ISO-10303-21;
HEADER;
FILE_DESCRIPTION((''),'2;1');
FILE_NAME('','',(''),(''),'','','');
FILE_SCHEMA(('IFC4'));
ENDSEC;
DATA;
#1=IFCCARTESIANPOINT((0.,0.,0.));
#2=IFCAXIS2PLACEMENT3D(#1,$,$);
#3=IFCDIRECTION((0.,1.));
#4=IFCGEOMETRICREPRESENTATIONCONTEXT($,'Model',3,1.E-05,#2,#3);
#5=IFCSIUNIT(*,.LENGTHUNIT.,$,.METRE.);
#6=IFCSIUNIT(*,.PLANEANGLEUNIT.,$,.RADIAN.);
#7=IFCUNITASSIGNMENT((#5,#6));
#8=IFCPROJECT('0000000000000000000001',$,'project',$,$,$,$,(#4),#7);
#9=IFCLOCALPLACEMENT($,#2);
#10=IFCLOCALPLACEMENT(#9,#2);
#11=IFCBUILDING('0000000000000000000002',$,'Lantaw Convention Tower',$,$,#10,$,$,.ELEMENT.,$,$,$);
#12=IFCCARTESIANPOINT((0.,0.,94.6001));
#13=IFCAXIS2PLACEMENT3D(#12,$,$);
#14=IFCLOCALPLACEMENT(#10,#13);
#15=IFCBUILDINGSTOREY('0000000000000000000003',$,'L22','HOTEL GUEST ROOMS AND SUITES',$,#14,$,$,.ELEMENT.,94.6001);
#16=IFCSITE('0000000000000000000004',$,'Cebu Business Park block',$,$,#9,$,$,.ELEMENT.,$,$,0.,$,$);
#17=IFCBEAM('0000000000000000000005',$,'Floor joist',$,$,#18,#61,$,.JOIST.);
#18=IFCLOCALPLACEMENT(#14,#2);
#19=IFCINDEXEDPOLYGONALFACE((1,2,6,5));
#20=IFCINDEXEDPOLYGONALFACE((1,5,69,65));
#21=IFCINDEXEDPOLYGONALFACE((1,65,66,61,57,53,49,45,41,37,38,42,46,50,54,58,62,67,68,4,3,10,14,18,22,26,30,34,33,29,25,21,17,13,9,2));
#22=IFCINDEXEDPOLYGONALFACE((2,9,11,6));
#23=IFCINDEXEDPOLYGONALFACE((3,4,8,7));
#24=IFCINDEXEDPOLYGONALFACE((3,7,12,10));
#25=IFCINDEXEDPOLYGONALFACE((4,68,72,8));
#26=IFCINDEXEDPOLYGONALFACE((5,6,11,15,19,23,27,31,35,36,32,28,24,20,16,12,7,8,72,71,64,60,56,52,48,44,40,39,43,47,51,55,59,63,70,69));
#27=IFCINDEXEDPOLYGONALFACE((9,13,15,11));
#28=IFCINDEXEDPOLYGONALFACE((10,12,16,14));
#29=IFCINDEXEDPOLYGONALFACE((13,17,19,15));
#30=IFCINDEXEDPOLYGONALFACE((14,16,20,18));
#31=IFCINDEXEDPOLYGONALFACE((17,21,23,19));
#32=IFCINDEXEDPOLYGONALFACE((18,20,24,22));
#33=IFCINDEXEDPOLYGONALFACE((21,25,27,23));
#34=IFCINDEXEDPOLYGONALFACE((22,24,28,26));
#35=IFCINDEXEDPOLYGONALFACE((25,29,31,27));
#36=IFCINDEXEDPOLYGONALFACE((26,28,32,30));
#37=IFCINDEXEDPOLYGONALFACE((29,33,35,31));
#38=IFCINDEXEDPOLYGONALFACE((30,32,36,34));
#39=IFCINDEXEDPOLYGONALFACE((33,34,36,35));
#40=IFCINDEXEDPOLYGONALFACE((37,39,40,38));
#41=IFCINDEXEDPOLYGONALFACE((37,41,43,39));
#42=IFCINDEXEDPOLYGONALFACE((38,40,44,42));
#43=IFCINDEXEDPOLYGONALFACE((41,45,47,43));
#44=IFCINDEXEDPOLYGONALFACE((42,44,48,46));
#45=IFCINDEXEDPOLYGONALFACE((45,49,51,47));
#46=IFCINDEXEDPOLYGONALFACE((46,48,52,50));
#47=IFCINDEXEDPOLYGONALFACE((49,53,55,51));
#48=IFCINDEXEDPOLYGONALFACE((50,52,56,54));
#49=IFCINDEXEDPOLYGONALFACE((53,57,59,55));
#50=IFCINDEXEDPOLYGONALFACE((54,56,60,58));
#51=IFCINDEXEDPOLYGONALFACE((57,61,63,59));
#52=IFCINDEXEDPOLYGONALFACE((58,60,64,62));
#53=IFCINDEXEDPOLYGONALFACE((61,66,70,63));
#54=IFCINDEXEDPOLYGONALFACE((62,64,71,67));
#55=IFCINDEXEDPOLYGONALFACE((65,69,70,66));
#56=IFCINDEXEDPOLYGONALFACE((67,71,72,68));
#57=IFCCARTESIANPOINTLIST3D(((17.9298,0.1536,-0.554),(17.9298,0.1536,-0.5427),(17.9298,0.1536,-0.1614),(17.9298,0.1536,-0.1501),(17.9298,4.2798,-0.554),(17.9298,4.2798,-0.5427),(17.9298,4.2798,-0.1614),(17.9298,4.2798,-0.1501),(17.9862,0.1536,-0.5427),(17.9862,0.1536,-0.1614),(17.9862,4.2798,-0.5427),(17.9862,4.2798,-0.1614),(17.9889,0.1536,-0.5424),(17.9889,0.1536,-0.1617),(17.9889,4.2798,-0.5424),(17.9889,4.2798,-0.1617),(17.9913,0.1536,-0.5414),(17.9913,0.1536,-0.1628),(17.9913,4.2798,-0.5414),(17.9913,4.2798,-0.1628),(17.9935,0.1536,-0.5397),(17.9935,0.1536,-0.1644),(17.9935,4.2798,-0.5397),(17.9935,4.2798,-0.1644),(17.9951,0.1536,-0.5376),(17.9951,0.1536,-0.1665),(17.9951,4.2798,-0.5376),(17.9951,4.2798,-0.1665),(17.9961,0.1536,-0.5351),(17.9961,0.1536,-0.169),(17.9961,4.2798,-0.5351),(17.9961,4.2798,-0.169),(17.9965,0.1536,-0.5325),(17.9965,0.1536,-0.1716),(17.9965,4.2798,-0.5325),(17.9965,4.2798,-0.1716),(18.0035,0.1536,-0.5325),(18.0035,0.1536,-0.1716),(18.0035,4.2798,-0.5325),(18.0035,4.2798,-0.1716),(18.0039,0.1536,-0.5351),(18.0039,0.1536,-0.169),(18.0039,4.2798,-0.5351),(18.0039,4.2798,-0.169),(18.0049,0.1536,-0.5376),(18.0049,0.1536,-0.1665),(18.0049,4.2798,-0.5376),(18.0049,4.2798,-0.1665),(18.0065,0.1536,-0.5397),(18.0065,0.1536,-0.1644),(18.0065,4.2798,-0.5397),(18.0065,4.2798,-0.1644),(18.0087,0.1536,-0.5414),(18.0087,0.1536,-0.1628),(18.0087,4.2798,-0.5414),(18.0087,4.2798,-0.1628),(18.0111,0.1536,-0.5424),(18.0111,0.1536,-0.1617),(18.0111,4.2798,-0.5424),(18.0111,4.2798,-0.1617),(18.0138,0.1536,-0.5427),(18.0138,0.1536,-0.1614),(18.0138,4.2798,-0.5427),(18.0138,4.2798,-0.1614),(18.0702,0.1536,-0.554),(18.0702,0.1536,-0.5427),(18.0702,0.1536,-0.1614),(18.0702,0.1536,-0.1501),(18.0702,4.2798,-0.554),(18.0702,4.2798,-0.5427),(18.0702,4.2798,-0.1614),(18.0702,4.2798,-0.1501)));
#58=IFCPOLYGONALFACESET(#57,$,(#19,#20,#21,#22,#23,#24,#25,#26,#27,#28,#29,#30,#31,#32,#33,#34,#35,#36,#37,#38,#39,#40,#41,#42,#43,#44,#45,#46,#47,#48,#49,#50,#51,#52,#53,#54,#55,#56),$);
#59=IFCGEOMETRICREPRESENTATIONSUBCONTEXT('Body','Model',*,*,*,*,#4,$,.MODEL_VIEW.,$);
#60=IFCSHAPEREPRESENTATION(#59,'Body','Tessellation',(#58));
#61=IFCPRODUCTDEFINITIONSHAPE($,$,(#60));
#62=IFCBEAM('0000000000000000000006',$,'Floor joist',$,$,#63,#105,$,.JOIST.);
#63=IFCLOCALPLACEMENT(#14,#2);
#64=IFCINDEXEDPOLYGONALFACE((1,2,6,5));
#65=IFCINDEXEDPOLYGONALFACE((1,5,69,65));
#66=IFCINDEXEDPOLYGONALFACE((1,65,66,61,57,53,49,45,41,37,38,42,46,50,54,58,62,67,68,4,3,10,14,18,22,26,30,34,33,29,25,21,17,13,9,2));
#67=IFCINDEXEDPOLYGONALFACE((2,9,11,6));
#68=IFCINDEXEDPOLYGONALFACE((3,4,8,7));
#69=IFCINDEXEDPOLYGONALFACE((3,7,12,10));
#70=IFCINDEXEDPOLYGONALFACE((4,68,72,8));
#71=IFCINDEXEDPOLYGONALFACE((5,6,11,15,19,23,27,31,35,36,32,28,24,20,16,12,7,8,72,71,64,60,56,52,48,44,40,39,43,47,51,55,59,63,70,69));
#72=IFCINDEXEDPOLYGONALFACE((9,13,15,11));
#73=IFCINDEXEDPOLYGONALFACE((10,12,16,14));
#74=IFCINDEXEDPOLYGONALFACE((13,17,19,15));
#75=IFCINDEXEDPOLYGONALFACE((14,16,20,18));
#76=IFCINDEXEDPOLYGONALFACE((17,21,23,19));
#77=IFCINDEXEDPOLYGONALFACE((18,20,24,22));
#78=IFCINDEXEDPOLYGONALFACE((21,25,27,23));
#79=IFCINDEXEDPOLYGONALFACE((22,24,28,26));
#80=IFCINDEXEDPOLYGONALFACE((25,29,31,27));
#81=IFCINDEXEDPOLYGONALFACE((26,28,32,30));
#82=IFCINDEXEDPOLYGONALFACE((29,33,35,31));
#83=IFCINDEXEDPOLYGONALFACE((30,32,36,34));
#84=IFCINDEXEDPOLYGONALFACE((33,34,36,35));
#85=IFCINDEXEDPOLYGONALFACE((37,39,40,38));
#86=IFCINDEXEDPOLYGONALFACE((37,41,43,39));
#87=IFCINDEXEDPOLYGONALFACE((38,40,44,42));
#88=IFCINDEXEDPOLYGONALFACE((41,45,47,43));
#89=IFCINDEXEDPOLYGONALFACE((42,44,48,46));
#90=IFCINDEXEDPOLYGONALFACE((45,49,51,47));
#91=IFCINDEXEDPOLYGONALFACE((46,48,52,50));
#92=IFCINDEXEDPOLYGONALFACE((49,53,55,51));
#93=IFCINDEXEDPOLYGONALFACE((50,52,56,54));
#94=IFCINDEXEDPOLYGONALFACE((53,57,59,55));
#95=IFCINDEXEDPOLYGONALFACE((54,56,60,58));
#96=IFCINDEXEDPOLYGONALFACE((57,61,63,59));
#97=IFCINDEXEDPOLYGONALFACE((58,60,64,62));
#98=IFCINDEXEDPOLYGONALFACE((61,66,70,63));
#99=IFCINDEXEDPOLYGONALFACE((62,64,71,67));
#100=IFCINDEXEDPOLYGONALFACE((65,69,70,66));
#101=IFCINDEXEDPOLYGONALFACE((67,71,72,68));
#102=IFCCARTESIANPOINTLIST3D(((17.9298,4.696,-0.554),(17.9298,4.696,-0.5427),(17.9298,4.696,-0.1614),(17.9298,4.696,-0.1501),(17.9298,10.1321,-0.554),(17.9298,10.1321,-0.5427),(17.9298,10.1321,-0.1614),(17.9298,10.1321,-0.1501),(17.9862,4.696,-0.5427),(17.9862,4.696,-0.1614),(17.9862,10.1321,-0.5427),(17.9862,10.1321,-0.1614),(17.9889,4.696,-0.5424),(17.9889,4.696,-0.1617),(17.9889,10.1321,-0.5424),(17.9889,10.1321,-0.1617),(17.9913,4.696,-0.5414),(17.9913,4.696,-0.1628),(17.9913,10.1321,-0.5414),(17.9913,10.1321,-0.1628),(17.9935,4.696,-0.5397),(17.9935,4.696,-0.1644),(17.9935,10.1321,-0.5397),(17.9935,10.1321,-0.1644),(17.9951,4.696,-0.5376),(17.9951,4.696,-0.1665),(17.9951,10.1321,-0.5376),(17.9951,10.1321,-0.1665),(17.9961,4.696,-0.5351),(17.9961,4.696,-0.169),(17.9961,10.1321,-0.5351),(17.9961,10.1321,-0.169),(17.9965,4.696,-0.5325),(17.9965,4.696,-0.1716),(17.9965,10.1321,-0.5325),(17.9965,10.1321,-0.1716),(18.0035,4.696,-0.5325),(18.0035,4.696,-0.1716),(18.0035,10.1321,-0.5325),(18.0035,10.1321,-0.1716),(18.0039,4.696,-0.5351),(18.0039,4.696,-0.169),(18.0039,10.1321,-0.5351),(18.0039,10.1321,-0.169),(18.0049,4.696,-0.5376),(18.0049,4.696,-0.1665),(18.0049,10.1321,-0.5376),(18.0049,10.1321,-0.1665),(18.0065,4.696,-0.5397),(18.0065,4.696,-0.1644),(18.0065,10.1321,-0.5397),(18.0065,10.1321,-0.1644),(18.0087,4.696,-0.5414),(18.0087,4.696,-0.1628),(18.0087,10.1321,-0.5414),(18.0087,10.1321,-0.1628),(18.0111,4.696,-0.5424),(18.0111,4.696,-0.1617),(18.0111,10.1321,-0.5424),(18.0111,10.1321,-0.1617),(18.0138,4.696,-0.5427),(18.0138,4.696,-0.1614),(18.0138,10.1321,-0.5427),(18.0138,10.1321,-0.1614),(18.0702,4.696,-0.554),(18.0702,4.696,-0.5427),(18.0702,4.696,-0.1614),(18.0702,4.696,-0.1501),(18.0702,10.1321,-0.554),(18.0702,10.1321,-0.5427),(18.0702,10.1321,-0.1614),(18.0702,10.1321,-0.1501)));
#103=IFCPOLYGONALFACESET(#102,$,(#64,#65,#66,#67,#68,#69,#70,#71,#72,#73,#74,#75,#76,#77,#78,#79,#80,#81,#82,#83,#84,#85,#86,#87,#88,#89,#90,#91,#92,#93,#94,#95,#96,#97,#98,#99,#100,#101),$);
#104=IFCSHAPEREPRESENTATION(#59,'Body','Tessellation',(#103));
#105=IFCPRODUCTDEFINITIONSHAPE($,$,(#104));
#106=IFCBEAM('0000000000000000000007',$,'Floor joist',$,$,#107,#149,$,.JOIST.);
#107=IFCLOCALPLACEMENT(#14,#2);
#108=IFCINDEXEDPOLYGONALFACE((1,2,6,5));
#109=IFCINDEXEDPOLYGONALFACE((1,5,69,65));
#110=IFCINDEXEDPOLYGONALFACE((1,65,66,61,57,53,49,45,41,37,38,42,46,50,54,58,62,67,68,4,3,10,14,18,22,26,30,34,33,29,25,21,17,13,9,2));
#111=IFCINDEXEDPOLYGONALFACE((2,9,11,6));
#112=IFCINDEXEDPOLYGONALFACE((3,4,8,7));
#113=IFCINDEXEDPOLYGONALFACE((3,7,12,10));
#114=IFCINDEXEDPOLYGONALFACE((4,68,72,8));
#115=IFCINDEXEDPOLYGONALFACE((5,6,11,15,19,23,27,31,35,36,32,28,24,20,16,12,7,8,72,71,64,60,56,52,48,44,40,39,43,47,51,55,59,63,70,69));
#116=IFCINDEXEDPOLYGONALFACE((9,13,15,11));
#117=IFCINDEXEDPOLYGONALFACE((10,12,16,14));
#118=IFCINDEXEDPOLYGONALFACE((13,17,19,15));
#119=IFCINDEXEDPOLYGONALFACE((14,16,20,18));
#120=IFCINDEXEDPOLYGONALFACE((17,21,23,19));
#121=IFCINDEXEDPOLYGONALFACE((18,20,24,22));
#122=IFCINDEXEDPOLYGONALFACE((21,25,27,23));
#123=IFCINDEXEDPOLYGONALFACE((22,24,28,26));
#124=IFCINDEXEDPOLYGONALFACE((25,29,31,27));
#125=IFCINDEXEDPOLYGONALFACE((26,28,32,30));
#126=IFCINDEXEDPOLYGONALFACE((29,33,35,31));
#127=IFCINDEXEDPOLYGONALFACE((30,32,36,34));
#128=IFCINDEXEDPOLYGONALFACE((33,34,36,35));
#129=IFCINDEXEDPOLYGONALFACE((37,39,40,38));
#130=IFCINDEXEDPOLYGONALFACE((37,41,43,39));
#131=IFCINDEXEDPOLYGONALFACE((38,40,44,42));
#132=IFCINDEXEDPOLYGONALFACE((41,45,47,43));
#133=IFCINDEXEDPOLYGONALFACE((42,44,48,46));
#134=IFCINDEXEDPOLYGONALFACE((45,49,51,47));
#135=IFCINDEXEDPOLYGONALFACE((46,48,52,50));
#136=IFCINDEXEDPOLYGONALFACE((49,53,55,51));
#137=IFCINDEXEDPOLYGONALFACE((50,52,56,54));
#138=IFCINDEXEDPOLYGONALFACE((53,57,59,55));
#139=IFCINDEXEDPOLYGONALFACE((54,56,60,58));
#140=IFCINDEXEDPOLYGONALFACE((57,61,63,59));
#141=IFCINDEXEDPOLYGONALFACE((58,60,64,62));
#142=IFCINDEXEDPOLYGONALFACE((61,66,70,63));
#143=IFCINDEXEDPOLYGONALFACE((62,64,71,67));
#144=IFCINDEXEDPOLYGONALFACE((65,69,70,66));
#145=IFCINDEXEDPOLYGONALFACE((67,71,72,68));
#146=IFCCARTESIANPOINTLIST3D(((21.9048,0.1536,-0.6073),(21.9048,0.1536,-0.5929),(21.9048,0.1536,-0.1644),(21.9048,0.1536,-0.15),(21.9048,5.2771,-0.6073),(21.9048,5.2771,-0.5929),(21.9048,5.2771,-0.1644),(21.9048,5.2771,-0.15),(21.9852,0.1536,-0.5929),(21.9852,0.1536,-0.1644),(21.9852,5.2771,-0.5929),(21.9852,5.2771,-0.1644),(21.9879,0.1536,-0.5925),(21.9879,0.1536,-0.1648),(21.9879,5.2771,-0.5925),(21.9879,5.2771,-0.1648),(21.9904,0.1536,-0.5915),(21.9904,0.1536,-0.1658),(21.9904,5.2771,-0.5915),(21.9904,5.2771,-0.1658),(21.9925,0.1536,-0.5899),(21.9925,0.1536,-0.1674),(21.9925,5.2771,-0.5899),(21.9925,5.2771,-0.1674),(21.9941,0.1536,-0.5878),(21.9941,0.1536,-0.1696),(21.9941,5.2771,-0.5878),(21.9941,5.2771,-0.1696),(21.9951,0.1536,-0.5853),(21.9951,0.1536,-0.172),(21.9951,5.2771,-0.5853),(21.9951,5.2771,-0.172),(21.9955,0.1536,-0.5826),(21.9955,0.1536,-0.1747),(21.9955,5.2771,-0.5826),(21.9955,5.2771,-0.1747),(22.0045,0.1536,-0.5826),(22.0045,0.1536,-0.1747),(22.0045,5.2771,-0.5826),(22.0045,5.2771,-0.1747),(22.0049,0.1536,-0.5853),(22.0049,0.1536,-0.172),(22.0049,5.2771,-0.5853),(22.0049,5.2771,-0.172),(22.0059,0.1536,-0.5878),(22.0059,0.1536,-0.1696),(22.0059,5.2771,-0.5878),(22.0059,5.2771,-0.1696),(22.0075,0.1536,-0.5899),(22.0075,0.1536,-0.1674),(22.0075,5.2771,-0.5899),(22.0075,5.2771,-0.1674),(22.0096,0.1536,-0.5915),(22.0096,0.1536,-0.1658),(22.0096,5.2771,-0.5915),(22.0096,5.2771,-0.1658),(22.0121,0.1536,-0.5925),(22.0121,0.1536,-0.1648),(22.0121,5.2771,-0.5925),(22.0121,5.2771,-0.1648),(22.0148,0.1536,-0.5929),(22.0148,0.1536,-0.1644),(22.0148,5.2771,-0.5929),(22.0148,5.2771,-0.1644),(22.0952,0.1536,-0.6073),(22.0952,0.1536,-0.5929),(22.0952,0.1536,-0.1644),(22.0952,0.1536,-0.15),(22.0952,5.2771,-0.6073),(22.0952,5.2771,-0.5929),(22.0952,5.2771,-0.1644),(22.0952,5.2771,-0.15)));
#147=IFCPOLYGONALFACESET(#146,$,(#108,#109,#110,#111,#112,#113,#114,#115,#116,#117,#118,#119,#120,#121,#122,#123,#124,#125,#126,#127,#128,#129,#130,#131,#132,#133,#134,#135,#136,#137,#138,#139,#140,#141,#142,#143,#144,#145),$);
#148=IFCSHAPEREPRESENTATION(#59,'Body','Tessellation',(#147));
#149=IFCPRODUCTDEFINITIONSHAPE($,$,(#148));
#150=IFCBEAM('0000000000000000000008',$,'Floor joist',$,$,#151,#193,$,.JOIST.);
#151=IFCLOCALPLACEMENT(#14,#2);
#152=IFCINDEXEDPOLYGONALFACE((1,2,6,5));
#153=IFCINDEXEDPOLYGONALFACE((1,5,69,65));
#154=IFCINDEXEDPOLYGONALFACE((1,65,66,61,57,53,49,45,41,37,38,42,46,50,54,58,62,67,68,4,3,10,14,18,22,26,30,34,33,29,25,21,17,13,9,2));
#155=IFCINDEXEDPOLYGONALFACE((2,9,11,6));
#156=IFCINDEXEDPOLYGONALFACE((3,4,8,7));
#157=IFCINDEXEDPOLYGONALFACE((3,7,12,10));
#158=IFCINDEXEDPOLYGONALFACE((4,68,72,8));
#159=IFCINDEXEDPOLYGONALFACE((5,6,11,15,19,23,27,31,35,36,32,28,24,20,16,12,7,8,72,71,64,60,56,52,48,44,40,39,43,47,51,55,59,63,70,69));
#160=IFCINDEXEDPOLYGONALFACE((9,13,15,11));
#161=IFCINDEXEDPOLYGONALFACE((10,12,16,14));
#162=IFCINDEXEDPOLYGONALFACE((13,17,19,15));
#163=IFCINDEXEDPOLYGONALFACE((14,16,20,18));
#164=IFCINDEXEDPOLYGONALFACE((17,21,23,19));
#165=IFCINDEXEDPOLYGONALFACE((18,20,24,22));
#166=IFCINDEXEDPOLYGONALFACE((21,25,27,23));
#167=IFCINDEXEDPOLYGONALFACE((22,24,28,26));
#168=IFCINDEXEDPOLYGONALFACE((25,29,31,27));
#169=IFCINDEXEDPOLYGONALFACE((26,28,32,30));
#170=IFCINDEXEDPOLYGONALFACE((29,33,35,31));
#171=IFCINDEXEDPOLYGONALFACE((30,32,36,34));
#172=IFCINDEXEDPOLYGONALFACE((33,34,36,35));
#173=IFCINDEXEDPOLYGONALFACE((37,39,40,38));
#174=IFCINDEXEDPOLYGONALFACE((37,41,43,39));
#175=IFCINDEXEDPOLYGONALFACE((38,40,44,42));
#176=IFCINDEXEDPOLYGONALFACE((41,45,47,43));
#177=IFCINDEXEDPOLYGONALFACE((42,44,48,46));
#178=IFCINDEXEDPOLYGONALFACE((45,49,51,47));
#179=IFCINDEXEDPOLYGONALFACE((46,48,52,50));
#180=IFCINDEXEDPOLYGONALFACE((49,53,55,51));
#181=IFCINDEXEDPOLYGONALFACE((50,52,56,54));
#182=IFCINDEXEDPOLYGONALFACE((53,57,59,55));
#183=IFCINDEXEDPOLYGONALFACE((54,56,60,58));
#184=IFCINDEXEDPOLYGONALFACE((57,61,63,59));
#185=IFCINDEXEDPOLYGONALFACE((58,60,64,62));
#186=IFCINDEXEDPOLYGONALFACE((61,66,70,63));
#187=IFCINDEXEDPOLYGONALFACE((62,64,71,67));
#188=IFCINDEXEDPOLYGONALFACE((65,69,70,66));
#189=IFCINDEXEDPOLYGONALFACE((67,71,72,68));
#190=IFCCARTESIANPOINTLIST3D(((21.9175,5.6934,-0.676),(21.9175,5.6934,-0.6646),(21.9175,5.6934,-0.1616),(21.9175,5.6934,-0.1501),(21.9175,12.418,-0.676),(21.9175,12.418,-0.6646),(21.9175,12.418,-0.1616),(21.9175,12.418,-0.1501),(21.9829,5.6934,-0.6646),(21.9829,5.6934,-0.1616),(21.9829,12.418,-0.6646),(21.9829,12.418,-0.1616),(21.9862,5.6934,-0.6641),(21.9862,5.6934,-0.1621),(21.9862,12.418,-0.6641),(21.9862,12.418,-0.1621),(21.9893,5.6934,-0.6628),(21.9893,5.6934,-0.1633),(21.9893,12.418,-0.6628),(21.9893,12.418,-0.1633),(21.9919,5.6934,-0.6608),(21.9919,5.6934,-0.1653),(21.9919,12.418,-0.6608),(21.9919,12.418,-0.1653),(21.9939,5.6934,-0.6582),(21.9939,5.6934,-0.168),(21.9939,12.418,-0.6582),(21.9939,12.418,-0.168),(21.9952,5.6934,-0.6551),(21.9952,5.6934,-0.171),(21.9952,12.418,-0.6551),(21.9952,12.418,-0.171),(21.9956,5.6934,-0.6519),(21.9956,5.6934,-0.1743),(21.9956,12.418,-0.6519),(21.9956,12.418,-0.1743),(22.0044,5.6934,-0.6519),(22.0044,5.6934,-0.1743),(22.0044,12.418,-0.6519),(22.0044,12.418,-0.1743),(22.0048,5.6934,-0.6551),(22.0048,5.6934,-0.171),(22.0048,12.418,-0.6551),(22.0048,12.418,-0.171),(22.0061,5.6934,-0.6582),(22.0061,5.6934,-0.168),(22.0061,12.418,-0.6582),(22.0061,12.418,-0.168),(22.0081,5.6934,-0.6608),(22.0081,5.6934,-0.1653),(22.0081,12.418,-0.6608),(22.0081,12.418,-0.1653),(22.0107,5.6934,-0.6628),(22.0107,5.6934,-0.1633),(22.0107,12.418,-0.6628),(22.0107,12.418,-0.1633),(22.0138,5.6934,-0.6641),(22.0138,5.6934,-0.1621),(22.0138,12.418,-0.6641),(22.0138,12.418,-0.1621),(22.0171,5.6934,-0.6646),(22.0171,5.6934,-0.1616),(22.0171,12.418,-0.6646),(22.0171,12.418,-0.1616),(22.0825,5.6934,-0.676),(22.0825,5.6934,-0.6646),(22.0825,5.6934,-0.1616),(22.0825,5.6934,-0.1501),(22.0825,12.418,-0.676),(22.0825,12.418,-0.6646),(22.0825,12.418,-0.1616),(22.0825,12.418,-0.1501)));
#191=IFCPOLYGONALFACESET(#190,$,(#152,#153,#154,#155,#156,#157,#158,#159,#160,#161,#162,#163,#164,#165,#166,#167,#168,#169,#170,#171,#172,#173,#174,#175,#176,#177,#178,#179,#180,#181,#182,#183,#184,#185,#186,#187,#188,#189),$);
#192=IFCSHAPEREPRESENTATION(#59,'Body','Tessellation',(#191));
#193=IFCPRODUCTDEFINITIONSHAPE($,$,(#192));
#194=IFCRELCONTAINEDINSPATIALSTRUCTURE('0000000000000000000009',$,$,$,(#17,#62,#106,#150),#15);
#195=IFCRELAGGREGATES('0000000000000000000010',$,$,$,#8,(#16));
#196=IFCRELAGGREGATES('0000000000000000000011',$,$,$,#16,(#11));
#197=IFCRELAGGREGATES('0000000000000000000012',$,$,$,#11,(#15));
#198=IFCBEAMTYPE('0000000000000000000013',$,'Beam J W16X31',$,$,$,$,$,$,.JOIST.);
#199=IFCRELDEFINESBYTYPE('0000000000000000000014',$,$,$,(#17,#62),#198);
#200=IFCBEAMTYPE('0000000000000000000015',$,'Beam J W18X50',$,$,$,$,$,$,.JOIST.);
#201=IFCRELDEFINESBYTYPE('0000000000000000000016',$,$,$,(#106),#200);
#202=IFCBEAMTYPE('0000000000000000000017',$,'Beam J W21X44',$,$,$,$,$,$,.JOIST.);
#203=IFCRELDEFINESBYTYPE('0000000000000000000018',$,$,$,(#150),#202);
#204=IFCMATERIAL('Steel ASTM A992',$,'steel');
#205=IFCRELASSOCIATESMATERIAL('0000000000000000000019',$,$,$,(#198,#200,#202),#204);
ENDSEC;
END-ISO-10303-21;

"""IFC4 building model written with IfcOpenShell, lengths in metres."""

from ifc_helpers import new_model, si_unit, direction, frame, origin, origin_2d, place, context, subcontext, project, spatial, i_section, extrude, material, material_profile, profile_set, type_object, element, save


model = new_model("IFC4")

# Units and contexts
model_context = context("Model", 3, precision=1e-05, world=origin(), true_north=direction((0.0, 1.0)))
body_context = subcontext(model_context, "Body", "Model", "MODEL_VIEW")
ifc_project = project(units=[si_unit("LENGTHUNIT", "METRE"), si_unit("PLANEANGLEUNIT", "RADIAN")], contexts=[model_context])

# Site, building, storey
site_placement = place(None, origin())
site = spatial("IfcSite", under=ifc_project, at=site_placement, Name="Cebu Business Park block", CompositionType="ELEMENT", RefElevation=0.0)
building_placement = place(site_placement, origin())
building = spatial("IfcBuilding", under=site, at=building_placement, Name="Lantaw Convention Tower", CompositionType="ELEMENT")
storey_placement = place(building_placement, frame((0.0, 0.0, 94.6001)))
storey = spatial("IfcBuildingStorey", under=building, at=storey_placement, Name="L22", Description="HOTEL GUEST ROOMS AND SUITES", CompositionType="ELEMENT", Elevation=94.6001)

# Beams
ifc_material_1 = material(Name="Steel ASTM A992", Category="steel")
ifc_material_profile_1 = material_profile(ifc_material_1, i_section(OverallWidth=0.1404, OverallDepth=0.4038, WebThickness=0.0071, FlangeThickness=0.0112, FilletRadius=0.0103, at=origin_2d()), Name="W16X31")
ifc_profile_set_1 = profile_set([ifc_material_profile_1], Name="Steel ASTM A992")
beam_type_1 = type_object("IfcBeamType", Name="Beam J W16X31", PredefinedType="JOIST", material=ifc_profile_set_1)
beam_1_placement = place(storey_placement, frame((18.0, 0.1536, -0.3521), z_axis=(0.0, 1.0, 0.0), x_axis=(-1.0, 0.0, 0.0)))
element("IfcBeam", 1, at=beam_1_placement, inside=storey, type_object=beam_type_1, Name="Floor joist", PredefinedType="JOIST", context=body_context, shape_type="SweptSolid", body=[
    extrude(i_section(OverallWidth=0.1404, OverallDepth=0.4038, WebThickness=0.0071, FlangeThickness=0.0112, FilletRadius=0.0103, at=origin_2d()), origin(), (0.0, 0.0, 1.0), 4.1262),
])
beam_2_placement = place(storey_placement, frame((18.0, 4.696, -0.3521), z_axis=(0.0, 1.0, 0.0), x_axis=(-1.0, 0.0, 0.0)))
element("IfcBeam", 2, at=beam_2_placement, inside=storey, type_object=beam_type_1, Name="Floor joist", PredefinedType="JOIST", context=body_context, shape_type="SweptSolid", body=[
    extrude(i_section(OverallWidth=0.1404, OverallDepth=0.4038, WebThickness=0.0071, FlangeThickness=0.0112, FilletRadius=0.0103, at=origin_2d()), origin(), (0.0, 0.0, 1.0), 5.436),
])
ifc_material_profile_2 = material_profile(ifc_material_1, i_section(OverallWidth=0.1904, OverallDepth=0.4573, WebThickness=0.009, FlangeThickness=0.0144, FilletRadius=0.0103, at=origin_2d()), Name="W18X50")
ifc_profile_set_2 = profile_set([ifc_material_profile_2], Name="Steel ASTM A992")
beam_type_2 = type_object("IfcBeamType", Name="Beam J W18X50", PredefinedType="JOIST", material=ifc_profile_set_2)
beam_3_placement = place(storey_placement, frame((22.0, 0.1536, -0.3787), z_axis=(0.0, 1.0, 0.0), x_axis=(-1.0, 0.0, 0.0)))
element("IfcBeam", 3, at=beam_3_placement, inside=storey, type_object=beam_type_2, Name="Floor joist", PredefinedType="JOIST", context=body_context, shape_type="SweptSolid", body=[
    extrude(i_section(OverallWidth=0.1904, OverallDepth=0.4573, WebThickness=0.009, FlangeThickness=0.0144, FilletRadius=0.0103, at=origin_2d()), origin(), (0.0, 0.0, 1.0), 5.1235),
])
ifc_material_profile_3 = material_profile(ifc_material_1, i_section(OverallWidth=0.165, OverallDepth=0.5259, WebThickness=0.0088, FlangeThickness=0.0115, FilletRadius=0.0127, at=origin_2d()), Name="W21X44")
ifc_profile_set_3 = profile_set([ifc_material_profile_3], Name="Steel ASTM A992")
beam_type_3 = type_object("IfcBeamType", Name="Beam J W21X44", PredefinedType="JOIST", material=ifc_profile_set_3)
beam_4_placement = place(storey_placement, frame((22.0, 5.6934, -0.4131), z_axis=(0.0, 1.0, 0.0), x_axis=(-1.0, 0.0, 0.0)))
element("IfcBeam", 4, at=beam_4_placement, inside=storey, type_object=beam_type_3, Name="Floor joist", PredefinedType="JOIST", context=body_context, shape_type="SweptSolid", body=[
    extrude(i_section(OverallWidth=0.165, OverallDepth=0.5259, WebThickness=0.0088, FlangeThickness=0.0115, FilletRadius=0.0127, at=origin_2d()), origin(), (0.0, 0.0, 1.0), 6.7246),
])

save(model, "model.ifc")
